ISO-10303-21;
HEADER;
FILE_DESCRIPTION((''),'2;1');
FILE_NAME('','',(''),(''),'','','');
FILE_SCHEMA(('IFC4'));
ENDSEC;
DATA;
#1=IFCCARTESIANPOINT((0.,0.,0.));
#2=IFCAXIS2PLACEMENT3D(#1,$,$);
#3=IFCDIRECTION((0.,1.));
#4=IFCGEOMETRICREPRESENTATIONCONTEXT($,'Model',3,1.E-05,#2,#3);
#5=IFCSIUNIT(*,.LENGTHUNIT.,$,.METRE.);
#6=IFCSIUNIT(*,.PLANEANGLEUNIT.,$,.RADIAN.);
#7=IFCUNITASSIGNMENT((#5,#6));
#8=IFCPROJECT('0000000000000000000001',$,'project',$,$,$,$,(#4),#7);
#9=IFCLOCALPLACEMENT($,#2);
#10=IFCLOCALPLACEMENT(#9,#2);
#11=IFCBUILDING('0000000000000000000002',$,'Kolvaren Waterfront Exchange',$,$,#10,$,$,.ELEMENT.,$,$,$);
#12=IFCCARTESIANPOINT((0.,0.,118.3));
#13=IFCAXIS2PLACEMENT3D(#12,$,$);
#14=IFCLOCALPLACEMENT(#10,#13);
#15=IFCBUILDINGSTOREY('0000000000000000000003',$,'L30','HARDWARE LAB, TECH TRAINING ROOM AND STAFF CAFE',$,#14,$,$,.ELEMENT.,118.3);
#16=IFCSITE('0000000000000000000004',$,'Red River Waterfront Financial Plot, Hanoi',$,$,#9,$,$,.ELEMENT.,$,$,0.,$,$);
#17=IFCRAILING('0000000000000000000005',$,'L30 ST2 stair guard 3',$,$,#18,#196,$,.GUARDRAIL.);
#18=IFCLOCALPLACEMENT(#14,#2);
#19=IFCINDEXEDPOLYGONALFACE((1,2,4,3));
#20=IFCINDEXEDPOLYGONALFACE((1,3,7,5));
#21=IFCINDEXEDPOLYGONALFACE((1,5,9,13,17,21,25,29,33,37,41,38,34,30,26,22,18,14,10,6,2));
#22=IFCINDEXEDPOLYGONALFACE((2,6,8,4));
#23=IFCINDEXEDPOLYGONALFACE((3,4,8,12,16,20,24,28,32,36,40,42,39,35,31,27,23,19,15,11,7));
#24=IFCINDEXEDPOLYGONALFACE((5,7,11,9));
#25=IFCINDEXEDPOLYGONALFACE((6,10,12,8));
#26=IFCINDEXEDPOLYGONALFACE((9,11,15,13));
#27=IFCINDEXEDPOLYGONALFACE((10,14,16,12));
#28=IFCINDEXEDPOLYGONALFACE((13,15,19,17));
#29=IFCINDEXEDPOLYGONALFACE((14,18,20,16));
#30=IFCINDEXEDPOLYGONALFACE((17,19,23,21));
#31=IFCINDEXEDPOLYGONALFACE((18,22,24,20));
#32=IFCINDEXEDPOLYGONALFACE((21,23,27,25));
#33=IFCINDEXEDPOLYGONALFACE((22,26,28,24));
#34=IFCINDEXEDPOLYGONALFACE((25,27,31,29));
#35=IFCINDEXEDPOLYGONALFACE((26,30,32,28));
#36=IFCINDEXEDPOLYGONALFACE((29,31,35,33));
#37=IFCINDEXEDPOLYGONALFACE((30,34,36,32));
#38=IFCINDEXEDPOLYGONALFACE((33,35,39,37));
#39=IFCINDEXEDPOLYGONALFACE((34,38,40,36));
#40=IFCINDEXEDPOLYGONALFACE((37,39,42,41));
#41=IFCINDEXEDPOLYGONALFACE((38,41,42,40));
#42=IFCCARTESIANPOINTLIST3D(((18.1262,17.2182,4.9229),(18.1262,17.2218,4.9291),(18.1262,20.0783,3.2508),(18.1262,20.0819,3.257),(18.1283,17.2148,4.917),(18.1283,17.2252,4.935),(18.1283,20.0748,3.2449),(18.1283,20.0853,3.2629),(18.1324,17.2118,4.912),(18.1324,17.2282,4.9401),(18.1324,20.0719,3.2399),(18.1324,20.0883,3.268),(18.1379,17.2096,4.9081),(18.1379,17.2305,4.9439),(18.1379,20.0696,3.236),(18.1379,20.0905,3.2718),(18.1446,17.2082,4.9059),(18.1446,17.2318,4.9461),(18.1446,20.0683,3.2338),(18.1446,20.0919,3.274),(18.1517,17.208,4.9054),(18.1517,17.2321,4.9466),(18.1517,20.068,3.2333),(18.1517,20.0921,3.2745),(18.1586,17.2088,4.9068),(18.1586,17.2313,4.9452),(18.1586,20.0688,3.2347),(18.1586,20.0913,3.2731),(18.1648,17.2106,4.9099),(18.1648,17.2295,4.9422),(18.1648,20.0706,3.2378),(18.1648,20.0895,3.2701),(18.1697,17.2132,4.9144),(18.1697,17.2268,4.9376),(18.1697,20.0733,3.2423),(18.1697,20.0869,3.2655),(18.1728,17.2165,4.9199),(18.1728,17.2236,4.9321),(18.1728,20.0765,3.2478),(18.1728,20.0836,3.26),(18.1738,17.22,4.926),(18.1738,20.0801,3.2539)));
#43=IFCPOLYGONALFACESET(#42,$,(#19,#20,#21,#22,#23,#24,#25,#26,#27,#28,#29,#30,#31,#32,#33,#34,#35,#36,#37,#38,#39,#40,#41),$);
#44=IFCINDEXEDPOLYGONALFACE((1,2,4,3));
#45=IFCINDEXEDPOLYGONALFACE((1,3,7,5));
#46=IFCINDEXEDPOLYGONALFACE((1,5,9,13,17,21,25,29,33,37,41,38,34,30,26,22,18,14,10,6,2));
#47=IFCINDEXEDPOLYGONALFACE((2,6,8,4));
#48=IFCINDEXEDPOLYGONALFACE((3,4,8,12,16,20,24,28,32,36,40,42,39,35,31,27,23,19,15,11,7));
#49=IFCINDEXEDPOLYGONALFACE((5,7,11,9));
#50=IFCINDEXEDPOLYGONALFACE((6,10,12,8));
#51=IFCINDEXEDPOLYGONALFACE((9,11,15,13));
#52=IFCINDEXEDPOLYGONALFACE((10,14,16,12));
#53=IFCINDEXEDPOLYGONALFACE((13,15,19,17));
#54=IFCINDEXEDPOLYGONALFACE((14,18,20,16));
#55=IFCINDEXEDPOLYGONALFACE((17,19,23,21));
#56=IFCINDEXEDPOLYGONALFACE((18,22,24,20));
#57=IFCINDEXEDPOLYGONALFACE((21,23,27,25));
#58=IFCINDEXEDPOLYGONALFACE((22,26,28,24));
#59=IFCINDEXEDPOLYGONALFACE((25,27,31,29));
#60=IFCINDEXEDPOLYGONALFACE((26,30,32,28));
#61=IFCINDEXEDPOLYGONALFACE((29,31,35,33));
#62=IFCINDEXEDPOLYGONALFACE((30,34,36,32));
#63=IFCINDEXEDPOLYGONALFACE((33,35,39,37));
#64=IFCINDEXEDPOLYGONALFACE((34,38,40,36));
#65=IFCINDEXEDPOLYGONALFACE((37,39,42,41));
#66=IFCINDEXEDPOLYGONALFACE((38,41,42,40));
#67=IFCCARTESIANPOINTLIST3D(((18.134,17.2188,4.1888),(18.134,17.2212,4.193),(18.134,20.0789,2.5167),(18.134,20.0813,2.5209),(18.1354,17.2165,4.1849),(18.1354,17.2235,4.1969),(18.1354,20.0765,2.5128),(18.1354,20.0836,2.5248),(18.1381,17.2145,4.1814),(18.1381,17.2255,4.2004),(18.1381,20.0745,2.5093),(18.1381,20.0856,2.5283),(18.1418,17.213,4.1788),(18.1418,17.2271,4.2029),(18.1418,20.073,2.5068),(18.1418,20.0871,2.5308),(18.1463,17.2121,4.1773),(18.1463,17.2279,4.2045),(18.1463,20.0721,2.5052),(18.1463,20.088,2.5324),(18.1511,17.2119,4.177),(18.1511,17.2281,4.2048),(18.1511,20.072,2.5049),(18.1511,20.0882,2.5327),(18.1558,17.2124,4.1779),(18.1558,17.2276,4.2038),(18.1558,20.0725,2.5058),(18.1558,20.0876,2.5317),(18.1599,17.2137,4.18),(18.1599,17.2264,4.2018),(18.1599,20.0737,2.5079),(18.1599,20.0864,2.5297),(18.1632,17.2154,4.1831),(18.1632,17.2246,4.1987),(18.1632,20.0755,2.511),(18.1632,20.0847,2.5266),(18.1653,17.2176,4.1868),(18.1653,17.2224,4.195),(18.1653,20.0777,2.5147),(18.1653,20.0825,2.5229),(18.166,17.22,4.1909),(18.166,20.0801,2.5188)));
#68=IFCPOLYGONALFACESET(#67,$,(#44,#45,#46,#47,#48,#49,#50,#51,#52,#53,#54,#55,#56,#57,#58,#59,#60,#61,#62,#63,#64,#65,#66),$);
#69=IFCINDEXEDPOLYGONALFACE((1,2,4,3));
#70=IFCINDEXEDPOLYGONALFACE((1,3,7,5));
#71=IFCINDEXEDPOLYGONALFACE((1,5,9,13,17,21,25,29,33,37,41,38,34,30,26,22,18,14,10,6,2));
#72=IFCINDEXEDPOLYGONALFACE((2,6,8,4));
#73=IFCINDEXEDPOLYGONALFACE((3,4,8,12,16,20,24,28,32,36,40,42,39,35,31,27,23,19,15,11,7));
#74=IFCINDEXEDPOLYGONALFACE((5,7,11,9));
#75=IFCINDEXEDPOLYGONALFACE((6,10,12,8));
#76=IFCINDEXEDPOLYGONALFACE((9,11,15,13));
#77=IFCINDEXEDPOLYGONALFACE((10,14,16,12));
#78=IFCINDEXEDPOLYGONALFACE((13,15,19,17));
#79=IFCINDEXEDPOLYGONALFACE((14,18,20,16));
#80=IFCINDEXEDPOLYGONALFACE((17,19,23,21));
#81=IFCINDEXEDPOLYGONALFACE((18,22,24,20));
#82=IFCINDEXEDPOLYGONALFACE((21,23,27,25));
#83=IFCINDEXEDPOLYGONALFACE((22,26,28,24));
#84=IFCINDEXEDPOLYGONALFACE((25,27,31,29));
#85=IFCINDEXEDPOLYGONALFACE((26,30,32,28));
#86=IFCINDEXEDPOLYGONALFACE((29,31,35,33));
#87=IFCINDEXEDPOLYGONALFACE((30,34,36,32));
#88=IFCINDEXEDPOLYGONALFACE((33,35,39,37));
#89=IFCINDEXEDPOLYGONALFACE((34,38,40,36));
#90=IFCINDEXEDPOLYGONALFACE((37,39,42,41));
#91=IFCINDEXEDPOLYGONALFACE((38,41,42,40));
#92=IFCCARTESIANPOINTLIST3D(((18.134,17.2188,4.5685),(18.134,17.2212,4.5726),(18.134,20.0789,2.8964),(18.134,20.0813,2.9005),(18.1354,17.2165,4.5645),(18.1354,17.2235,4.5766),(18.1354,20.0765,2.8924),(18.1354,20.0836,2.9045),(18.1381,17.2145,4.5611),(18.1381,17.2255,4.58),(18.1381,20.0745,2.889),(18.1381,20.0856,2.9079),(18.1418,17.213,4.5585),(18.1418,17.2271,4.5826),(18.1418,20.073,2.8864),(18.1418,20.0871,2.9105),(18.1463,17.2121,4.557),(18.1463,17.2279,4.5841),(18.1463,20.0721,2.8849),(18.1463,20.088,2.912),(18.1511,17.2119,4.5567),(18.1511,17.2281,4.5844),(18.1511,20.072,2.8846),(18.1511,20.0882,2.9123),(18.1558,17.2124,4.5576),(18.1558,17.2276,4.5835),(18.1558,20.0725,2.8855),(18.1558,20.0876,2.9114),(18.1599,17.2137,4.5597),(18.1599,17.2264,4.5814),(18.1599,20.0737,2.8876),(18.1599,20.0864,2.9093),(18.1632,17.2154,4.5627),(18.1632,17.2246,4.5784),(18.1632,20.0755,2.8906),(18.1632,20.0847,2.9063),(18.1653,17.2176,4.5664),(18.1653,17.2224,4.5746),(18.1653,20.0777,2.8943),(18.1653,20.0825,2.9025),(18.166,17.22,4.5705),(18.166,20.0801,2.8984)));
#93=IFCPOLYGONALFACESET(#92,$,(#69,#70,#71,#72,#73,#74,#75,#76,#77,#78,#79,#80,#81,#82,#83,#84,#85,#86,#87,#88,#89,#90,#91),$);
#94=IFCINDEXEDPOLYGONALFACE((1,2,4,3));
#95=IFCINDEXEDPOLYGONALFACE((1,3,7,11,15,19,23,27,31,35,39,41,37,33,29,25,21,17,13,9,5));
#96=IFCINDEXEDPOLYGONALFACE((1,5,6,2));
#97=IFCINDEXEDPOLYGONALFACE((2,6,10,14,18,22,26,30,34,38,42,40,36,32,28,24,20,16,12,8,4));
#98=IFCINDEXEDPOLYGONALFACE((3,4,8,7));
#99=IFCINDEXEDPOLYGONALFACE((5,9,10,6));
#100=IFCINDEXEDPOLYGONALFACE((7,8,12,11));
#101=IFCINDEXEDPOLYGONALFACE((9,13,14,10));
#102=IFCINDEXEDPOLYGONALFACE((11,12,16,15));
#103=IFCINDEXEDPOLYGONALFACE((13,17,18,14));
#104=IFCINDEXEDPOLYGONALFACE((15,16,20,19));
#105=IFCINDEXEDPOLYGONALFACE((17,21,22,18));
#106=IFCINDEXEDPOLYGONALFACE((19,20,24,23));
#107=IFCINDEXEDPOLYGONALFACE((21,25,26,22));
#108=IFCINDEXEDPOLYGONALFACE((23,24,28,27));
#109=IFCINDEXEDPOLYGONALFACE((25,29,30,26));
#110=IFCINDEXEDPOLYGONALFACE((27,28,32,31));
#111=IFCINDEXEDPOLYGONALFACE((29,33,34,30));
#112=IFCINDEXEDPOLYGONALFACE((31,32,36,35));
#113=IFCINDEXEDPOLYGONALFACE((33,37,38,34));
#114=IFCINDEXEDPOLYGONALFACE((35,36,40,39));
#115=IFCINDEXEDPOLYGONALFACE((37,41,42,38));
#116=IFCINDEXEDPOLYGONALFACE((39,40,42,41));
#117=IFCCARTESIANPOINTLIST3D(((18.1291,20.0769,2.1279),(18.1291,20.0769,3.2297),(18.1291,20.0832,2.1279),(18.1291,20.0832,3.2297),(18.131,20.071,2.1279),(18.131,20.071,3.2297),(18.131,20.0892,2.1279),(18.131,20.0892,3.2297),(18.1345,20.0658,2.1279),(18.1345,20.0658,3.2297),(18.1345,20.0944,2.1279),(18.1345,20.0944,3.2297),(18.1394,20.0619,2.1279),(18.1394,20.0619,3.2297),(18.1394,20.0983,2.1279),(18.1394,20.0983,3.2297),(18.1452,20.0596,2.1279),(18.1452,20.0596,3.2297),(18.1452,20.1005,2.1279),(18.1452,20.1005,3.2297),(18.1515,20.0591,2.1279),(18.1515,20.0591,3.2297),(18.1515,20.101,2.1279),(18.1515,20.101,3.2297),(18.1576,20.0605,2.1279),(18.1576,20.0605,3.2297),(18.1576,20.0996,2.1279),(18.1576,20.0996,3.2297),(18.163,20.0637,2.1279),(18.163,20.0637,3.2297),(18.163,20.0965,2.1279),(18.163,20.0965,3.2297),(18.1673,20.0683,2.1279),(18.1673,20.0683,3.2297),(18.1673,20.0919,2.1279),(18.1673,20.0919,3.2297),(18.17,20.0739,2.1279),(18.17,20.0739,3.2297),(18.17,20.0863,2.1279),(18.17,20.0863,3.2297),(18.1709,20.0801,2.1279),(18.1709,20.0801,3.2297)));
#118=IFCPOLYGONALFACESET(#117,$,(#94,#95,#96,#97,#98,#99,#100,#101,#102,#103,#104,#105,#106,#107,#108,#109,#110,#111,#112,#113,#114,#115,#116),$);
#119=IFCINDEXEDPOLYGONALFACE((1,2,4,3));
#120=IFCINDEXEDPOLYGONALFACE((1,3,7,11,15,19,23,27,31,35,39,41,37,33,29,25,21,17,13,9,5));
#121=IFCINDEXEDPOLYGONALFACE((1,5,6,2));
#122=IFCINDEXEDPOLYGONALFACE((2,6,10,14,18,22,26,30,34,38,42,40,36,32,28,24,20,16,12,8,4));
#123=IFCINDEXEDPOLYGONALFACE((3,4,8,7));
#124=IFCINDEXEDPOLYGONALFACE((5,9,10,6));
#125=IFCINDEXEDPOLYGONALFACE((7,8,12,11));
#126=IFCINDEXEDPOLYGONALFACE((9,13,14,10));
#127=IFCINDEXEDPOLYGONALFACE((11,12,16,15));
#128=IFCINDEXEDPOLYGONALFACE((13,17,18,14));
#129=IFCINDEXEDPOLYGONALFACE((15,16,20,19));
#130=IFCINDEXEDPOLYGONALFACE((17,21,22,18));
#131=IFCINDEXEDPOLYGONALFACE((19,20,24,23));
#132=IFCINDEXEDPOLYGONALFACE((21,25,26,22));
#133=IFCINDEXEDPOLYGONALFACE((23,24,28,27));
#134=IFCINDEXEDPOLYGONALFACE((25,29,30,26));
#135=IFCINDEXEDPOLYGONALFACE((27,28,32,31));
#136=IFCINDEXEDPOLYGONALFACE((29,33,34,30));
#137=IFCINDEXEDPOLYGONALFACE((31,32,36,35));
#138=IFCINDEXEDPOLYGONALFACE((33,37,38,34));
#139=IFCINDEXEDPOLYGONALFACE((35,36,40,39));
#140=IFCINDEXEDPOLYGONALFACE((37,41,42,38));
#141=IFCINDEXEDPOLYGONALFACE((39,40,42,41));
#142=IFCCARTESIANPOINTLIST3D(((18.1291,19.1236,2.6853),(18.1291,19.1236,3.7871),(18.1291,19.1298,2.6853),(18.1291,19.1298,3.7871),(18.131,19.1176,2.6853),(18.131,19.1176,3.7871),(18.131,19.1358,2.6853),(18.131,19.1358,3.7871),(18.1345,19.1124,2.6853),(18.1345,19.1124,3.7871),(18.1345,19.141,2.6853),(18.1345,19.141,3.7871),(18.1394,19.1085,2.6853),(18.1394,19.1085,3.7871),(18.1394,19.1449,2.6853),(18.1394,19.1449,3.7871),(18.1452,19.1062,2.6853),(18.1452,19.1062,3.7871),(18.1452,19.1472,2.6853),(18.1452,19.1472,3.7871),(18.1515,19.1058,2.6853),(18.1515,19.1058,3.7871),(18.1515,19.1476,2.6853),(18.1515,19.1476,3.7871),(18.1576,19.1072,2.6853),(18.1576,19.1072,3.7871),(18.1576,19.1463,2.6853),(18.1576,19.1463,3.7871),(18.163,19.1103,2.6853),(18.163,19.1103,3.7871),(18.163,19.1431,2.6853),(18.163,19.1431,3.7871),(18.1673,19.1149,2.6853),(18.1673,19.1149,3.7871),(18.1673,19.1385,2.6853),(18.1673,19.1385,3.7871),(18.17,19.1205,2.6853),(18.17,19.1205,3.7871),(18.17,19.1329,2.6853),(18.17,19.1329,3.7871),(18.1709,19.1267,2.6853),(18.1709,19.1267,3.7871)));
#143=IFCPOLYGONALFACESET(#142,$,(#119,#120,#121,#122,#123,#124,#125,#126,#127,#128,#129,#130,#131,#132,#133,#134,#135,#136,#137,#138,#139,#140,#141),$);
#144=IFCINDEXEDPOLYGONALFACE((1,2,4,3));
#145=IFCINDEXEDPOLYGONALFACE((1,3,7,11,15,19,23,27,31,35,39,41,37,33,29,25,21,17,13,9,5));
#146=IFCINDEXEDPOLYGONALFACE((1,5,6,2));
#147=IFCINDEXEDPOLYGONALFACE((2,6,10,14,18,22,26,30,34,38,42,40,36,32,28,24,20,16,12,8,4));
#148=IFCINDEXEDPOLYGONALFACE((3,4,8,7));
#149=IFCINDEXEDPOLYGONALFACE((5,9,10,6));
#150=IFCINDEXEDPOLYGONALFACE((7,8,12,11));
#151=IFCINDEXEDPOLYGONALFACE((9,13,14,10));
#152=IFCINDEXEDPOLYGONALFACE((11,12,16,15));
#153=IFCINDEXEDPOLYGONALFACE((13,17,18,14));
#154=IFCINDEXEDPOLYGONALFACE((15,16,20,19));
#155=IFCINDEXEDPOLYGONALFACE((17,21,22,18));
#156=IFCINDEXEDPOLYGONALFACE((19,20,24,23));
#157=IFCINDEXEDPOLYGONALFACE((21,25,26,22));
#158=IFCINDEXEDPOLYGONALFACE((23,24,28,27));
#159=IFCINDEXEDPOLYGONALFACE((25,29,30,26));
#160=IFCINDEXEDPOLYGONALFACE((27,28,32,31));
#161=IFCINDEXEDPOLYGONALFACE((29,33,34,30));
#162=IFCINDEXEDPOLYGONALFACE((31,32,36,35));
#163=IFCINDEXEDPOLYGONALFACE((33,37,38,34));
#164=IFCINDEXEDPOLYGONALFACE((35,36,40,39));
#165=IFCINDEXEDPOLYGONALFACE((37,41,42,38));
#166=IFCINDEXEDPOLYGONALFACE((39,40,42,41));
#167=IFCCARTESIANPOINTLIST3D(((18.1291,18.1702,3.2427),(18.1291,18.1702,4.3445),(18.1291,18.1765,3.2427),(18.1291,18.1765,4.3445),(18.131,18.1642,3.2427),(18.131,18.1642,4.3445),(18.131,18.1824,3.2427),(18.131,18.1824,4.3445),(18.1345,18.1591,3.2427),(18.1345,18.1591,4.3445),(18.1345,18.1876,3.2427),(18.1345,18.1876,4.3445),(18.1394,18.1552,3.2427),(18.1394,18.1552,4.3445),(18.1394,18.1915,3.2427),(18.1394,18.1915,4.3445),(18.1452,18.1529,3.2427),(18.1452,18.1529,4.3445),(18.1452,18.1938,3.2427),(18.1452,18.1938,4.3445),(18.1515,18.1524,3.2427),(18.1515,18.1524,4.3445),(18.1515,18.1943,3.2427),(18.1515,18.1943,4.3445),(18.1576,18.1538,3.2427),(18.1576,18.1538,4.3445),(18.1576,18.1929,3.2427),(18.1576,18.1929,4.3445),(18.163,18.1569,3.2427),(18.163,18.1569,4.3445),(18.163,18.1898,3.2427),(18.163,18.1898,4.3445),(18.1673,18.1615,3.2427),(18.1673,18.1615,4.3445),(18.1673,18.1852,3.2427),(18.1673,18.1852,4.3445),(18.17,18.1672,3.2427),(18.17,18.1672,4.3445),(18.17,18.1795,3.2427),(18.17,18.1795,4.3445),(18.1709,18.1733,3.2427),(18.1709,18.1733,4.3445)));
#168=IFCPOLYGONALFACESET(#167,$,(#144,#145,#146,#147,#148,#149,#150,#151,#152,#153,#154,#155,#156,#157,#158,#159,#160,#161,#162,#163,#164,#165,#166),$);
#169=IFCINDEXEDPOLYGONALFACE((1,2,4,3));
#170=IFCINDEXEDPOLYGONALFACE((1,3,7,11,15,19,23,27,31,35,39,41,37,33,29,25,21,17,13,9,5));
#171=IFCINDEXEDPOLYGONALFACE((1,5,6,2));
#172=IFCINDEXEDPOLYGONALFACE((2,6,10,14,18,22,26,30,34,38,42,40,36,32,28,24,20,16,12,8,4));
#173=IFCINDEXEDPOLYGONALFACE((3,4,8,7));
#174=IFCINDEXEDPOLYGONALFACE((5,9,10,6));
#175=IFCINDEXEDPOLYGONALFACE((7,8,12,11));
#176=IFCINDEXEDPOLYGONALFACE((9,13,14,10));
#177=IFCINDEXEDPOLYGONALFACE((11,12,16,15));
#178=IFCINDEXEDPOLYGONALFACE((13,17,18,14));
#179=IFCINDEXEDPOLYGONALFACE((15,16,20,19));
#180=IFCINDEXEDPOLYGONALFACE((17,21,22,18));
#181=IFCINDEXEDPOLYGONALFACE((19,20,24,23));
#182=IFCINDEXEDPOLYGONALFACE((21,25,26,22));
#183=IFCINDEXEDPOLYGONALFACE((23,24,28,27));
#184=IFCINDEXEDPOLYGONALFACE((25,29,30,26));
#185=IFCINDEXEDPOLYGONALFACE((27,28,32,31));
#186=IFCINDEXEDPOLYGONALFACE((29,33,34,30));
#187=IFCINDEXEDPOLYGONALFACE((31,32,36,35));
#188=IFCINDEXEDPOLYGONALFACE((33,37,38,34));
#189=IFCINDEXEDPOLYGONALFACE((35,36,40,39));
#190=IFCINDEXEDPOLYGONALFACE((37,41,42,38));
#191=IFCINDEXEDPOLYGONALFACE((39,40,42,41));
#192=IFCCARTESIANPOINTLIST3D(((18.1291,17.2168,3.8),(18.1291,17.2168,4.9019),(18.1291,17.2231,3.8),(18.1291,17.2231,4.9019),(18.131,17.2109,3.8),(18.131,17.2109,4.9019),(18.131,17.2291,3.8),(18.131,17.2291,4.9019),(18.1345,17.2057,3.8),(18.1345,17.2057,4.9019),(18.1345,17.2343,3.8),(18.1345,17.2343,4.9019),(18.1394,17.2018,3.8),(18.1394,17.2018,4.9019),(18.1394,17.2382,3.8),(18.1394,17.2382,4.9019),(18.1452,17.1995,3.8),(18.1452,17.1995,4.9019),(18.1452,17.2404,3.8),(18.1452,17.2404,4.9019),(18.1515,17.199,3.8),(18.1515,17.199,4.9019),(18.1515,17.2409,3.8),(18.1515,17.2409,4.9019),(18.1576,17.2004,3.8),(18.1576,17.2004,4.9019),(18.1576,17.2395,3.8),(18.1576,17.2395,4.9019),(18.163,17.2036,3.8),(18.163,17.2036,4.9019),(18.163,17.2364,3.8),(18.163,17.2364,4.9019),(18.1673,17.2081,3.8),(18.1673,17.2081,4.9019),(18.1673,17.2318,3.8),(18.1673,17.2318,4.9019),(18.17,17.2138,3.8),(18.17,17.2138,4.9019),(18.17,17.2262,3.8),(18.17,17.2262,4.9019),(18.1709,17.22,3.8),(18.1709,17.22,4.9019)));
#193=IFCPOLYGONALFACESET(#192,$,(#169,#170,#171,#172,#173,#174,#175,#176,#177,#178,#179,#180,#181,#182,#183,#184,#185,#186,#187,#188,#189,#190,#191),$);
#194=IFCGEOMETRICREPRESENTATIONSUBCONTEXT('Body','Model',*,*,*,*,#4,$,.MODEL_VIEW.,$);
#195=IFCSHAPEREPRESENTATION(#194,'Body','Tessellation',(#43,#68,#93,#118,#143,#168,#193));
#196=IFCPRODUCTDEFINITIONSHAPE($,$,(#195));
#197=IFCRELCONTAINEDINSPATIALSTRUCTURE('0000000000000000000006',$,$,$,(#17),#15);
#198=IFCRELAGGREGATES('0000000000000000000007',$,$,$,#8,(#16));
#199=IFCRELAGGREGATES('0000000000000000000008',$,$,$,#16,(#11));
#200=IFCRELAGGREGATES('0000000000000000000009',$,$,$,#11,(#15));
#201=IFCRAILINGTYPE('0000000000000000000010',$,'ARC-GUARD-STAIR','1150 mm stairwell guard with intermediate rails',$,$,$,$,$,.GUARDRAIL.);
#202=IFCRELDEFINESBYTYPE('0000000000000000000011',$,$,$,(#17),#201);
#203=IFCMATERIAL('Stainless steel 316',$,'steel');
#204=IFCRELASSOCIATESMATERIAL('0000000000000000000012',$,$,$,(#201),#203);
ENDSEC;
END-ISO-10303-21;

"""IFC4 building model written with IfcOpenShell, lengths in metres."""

from ifc_helpers import new_model, si_unit, direction, frame, origin, origin_2d, place, context, subcontext, project, spatial, circle, extrude, material, type_object, element, save


model = new_model("IFC4")

# Units and contexts
model_context = context("Model", 3, precision=1e-05, world=origin(), true_north=direction((0.0, 1.0)))
body_context = subcontext(model_context, "Body", "Model", "MODEL_VIEW")
ifc_project = project(units=[si_unit("LENGTHUNIT", "METRE"), si_unit("PLANEANGLEUNIT", "RADIAN")], contexts=[model_context])

# Site, building, storey
site_placement = place(None, origin())
site = spatial("IfcSite", under=ifc_project, at=site_placement, Name="Red River Waterfront Financial Plot, Hanoi", CompositionType="ELEMENT", RefElevation=0.0)
building_placement = place(site_placement, origin())
building = spatial("IfcBuilding", under=site, at=building_placement, Name="Kolvaren Waterfront Exchange", CompositionType="ELEMENT")
storey_placement = place(building_placement, frame((0.0, 0.0, 118.3)))
storey = spatial("IfcBuildingStorey", under=building, at=storey_placement, Name="L30", Description="HARDWARE LAB, TECH TRAINING ROOM AND STAFF CAFE", CompositionType="ELEMENT", Elevation=118.3)

# Railing
ifc_material_1 = material(Name="Stainless steel 316", Category="steel")
railing_type_1 = type_object("IfcRailingType", Name="ARC-GUARD-STAIR", Description="1150 mm stairwell guard with intermediate rails", PredefinedType="GUARDRAIL", material=ifc_material_1)
railing_1_placement = place(storey_placement, frame((18.1499, 20.0801, 2.1279)))
element("IfcRailing", 1, at=railing_1_placement, inside=storey, type_object=railing_type_1, Name="L30 ST2 stair guard 3", PredefinedType="GUARDRAIL", context=body_context, shape_type="SweptSolid", body=[
    extrude(circle(Radius=0.0239, at=origin_2d()), frame((0.0, 0.0, 1.126), z_axis=(0.0, -0.863289, 0.504709), x_axis=(1.0, 0.0, 0.0)), (0.0, 0.0, 1.0), 3.313),
    extrude(circle(Radius=0.0161, at=origin_2d()), frame((0.0, 0.0, 0.3909), z_axis=(0.0, -0.863289, 0.504709), x_axis=(1.0, 0.0, 0.0)), (0.0, 0.0, 1.0), 3.313),
    extrude(circle(Radius=0.0161, at=origin_2d()), frame((0.0, 0.0, 0.7705), z_axis=(0.0, -0.863289, 0.504709), x_axis=(1.0, 0.0, 0.0)), (0.0, 0.0, 1.0), 3.313),
    extrude(circle(Radius=0.021, at=origin_2d()), origin(), (0.0, 0.0, 1.0), 1.1018),
    extrude(circle(Radius=0.021, at=origin_2d()), frame((0.0, -0.9534, 0.5574)), (0.0, 0.0, 1.0), 1.1018),
    extrude(circle(Radius=0.021, at=origin_2d()), frame((0.0, -1.9067, 1.1147)), (0.0, 0.0, 1.0), 1.1018),
    extrude(circle(Radius=0.021, at=origin_2d()), frame((0.0, -2.8601, 1.6721)), (0.0, 0.0, 1.0), 1.1018),
])

save(model, "model.ifc")
